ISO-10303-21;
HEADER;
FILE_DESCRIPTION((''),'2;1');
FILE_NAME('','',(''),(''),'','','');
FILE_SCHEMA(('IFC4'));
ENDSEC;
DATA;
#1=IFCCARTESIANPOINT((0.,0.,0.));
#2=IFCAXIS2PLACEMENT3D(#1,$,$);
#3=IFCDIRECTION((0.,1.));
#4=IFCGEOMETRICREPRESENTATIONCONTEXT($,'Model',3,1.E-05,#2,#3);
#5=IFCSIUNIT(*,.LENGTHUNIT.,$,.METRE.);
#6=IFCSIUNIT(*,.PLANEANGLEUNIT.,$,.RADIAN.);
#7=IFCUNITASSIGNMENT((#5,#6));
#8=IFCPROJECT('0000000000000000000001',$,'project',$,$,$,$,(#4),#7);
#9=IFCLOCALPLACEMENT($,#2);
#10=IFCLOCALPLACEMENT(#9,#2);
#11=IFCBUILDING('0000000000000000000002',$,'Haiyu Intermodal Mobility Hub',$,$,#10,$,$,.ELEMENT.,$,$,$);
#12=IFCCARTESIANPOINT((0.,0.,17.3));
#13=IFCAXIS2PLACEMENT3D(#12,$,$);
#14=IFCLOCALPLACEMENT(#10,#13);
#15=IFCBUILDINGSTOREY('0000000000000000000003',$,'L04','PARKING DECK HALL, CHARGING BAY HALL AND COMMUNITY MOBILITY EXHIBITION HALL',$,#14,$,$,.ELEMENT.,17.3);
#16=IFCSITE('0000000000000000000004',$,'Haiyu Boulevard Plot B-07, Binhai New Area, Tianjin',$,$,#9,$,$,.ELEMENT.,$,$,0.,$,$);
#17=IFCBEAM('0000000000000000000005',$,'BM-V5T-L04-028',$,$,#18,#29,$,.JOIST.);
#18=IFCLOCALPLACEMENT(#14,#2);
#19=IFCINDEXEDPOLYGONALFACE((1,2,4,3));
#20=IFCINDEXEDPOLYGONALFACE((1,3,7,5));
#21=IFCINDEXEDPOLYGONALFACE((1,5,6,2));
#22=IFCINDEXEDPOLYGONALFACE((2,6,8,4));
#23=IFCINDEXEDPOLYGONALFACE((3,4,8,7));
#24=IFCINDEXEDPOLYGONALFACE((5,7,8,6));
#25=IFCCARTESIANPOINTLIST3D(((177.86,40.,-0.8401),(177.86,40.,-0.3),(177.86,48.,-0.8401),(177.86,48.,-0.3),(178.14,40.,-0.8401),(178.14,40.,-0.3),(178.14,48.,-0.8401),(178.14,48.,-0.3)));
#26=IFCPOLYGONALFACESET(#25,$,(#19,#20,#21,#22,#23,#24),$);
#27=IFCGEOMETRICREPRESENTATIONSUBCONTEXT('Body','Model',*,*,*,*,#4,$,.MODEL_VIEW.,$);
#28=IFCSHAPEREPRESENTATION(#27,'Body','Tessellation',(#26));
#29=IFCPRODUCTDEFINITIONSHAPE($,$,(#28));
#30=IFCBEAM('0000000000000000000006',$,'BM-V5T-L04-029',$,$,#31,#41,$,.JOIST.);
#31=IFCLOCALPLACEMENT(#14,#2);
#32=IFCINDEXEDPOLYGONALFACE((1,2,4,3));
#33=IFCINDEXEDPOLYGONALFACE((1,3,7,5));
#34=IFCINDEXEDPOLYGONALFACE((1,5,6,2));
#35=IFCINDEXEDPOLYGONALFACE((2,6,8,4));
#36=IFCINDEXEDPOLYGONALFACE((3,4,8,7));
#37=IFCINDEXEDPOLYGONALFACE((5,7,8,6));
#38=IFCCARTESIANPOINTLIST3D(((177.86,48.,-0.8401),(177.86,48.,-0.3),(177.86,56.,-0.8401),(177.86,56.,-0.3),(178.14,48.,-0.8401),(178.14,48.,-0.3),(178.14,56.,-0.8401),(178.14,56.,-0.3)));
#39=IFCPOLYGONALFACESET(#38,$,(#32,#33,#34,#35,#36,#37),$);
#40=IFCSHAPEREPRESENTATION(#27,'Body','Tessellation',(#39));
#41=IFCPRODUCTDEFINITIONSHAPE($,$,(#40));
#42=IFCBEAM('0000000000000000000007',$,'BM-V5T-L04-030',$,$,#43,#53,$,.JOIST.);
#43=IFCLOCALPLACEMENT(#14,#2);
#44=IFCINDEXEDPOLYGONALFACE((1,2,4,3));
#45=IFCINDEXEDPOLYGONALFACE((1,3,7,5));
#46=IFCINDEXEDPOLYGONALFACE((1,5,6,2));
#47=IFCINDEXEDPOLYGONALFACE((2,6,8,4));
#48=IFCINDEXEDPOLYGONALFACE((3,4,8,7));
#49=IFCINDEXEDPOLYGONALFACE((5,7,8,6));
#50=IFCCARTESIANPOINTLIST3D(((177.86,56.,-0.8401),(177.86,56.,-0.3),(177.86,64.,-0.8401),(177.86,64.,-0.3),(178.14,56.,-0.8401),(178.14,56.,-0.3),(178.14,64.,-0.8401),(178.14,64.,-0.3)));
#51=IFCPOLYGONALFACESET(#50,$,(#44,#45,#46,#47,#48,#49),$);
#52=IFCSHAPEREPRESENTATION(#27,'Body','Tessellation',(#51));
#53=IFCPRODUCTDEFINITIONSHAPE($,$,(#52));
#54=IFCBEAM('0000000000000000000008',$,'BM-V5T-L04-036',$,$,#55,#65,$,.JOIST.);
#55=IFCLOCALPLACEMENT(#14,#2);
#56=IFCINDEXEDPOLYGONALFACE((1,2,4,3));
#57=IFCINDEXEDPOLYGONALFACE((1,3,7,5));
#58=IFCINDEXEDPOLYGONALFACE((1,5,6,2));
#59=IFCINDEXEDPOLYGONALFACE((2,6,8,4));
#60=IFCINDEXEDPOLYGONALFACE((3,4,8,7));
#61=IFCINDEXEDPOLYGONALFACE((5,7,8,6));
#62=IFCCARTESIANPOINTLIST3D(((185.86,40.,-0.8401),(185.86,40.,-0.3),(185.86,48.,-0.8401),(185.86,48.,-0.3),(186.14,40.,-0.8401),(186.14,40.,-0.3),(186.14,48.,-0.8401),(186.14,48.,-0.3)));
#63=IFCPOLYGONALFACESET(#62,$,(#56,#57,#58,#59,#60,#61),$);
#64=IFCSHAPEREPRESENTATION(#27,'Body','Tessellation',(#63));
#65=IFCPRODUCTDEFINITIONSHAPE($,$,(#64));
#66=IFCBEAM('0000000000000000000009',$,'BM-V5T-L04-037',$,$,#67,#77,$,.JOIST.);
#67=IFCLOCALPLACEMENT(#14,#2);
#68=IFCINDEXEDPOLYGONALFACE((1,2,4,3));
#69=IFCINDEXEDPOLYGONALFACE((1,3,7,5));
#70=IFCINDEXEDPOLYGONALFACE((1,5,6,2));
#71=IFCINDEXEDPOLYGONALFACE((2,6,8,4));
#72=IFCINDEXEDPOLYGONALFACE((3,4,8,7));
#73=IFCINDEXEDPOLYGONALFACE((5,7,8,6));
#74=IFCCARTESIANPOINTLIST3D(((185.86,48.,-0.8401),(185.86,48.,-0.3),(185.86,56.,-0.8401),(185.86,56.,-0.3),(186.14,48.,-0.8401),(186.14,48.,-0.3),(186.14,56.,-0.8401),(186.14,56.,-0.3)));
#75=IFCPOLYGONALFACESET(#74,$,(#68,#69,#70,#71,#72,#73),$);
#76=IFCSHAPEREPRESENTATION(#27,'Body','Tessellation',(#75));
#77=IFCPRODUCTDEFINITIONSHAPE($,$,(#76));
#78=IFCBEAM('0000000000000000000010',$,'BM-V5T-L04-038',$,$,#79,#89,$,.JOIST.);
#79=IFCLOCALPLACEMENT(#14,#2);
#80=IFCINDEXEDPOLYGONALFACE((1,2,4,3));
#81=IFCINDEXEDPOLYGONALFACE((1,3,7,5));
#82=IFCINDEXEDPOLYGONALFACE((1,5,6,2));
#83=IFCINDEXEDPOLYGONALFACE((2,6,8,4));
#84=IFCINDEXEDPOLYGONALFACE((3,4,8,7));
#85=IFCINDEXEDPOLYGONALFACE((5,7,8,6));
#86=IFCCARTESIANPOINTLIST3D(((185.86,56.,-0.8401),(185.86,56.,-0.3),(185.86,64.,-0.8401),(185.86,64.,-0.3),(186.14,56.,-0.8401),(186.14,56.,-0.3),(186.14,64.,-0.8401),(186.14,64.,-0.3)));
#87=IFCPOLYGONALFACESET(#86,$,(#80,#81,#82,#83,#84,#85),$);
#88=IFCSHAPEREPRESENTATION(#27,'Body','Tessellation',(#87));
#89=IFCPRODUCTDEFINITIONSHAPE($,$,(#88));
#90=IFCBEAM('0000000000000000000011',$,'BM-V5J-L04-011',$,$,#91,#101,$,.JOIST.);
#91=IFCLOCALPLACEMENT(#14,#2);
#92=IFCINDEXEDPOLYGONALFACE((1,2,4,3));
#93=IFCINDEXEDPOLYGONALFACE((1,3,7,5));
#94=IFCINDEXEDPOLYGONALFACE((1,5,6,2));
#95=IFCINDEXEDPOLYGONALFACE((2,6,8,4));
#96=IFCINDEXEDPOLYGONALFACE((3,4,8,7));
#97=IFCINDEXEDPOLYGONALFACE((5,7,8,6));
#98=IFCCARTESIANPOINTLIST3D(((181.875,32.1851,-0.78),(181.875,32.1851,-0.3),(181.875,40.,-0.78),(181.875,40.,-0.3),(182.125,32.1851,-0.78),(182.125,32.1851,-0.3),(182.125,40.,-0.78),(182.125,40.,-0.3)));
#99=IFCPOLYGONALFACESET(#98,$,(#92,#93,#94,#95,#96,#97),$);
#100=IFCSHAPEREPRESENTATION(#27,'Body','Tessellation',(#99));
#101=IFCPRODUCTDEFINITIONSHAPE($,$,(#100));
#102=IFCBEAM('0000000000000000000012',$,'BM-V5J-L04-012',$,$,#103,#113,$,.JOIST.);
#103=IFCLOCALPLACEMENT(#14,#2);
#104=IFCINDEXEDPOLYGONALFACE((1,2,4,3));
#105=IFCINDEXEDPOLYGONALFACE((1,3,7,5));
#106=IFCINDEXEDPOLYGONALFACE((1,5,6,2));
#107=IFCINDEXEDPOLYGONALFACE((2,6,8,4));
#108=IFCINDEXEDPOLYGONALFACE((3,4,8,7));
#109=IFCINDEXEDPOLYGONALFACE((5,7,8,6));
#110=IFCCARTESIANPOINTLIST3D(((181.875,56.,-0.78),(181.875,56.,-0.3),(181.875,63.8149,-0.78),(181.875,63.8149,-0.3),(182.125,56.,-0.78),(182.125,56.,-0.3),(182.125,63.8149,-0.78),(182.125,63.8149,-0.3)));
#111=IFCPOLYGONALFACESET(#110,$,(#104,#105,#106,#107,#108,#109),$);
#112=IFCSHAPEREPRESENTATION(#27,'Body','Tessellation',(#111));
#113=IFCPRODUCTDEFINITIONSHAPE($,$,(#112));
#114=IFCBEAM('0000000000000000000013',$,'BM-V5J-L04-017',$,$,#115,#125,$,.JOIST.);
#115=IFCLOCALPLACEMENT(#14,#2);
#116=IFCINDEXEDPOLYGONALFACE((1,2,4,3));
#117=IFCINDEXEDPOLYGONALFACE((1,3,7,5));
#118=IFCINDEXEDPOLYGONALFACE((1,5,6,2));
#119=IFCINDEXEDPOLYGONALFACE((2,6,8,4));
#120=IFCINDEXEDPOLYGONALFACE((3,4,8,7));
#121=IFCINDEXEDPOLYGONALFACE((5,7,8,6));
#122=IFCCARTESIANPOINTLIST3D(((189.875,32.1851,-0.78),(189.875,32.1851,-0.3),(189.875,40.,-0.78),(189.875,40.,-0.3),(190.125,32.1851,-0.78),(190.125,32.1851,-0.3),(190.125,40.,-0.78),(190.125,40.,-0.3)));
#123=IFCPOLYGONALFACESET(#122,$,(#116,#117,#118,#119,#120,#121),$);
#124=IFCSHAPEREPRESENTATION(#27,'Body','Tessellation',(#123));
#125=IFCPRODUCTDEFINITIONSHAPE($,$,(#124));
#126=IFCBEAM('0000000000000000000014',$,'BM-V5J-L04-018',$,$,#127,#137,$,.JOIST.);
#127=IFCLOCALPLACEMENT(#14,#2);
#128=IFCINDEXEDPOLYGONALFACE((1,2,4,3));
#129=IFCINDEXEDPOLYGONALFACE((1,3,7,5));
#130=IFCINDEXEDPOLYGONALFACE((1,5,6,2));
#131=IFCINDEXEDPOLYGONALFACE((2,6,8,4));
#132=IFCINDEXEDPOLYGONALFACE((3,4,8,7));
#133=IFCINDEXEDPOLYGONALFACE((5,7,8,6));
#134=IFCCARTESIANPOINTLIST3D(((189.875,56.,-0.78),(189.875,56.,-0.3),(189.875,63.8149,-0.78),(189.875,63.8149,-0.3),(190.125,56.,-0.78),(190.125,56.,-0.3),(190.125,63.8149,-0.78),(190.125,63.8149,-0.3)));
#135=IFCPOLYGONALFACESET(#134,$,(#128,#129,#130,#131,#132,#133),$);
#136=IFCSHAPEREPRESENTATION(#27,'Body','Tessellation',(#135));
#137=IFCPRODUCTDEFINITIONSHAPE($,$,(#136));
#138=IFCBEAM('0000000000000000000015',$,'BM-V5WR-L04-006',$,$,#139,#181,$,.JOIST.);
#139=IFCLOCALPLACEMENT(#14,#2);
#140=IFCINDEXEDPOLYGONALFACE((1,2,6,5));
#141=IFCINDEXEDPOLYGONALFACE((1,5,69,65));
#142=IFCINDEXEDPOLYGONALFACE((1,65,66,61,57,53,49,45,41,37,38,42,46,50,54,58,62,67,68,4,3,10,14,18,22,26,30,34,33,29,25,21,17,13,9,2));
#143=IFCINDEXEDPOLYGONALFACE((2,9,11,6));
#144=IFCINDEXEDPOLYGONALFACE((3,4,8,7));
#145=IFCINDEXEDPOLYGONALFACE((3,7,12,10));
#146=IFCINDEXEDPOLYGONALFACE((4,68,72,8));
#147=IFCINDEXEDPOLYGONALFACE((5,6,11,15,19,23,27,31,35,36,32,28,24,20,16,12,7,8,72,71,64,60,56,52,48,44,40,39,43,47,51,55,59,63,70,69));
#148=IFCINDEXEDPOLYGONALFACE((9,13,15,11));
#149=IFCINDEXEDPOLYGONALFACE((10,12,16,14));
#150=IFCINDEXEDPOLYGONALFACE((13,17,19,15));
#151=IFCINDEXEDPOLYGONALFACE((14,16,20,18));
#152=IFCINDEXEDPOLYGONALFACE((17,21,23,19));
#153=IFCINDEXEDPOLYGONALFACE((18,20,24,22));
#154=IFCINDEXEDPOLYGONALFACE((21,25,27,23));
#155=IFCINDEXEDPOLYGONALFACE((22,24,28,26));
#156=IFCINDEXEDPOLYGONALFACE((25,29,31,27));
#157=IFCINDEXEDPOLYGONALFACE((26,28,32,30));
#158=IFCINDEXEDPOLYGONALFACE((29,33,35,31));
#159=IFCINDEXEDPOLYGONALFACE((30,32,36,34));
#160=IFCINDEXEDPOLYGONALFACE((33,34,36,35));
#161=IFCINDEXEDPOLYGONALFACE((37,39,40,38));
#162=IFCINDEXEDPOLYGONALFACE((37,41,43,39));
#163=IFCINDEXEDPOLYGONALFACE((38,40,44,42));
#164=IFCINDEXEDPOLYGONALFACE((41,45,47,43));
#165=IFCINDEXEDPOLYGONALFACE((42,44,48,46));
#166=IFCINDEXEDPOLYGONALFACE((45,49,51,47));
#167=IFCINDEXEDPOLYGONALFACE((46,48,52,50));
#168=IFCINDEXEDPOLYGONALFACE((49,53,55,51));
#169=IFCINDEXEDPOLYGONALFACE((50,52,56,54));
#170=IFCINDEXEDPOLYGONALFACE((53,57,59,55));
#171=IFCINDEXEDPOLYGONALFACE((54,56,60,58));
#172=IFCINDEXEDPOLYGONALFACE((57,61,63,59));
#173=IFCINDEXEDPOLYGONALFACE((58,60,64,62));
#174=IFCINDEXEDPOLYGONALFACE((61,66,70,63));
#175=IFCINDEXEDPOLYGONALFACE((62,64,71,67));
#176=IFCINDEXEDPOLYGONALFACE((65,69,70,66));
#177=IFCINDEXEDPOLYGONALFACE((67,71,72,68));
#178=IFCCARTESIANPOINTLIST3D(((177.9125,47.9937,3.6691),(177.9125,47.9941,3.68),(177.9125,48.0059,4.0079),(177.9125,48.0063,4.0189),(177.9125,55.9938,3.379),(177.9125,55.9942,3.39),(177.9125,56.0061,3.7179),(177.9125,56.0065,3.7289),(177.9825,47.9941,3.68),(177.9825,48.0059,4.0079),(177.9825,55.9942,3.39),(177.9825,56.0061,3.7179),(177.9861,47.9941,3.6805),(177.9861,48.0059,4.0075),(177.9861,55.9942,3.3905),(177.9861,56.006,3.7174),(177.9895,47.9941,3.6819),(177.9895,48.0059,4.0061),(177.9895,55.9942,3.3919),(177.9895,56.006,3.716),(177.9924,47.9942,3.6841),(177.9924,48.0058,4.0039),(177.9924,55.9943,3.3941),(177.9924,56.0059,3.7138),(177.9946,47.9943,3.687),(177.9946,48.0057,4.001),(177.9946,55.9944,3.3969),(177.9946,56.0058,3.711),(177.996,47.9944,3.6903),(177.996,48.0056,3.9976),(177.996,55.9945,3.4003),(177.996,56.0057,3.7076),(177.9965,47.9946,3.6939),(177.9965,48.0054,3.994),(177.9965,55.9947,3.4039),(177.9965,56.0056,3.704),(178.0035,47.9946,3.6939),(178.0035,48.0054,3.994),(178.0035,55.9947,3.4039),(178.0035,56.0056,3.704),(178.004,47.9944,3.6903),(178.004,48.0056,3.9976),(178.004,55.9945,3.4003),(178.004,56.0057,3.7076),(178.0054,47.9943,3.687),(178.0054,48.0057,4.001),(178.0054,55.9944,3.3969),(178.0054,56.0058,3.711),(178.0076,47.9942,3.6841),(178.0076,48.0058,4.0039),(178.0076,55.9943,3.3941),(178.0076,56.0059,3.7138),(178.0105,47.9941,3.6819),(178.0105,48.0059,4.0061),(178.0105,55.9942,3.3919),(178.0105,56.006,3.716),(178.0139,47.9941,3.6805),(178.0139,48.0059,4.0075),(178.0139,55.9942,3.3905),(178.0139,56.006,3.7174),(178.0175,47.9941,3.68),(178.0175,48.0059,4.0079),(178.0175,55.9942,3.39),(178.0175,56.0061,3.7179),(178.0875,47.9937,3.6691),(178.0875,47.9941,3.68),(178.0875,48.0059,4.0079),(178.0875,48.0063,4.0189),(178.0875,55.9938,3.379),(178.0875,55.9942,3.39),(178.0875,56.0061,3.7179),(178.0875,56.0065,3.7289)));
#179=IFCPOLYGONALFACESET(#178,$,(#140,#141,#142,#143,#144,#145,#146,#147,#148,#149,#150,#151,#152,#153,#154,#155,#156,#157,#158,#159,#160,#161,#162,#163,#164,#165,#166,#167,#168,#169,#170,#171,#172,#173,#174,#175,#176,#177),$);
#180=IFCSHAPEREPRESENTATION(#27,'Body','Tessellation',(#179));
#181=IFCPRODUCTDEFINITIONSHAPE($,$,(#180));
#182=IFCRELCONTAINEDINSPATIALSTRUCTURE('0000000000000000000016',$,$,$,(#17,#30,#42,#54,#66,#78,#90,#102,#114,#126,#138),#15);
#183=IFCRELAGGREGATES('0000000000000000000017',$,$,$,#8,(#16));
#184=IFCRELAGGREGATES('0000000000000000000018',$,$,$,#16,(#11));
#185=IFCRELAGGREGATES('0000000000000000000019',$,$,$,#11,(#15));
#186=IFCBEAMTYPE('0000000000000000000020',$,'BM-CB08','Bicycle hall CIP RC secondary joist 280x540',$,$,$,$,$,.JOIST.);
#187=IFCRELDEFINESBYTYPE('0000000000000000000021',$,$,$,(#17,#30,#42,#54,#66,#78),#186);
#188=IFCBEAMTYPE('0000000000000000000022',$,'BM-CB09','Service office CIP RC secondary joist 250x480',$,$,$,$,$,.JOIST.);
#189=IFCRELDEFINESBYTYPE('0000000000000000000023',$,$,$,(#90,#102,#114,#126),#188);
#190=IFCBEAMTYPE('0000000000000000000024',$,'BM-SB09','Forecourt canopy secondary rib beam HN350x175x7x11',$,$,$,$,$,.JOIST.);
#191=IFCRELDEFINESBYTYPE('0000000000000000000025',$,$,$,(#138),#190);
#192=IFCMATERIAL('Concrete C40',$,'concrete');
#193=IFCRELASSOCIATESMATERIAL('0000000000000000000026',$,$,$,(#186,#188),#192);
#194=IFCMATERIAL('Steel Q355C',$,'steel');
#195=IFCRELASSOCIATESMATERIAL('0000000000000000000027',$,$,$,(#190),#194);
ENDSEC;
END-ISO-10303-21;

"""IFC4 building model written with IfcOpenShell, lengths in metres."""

from ifc_helpers import new_model, si_unit, direction, frame, origin, origin_2d, place, context, subcontext, project, spatial, rectangle, i_section, extrude, material, material_profile, profile_set, type_object, element, save


model = new_model("IFC4")

# Units and contexts
model_context = context("Model", 3, precision=1e-05, world=origin(), true_north=direction((0.0, 1.0)))
body_context = subcontext(model_context, "Body", "Model", "MODEL_VIEW")
ifc_project = project(units=[si_unit("LENGTHUNIT", "METRE"), si_unit("PLANEANGLEUNIT", "RADIAN")], contexts=[model_context])

# Site, building, storey
site_placement = place(None, origin())
site = spatial("IfcSite", under=ifc_project, at=site_placement, Name="Haiyu Boulevard Plot B-07, Binhai New Area, Tianjin", CompositionType="ELEMENT", RefElevation=0.0)
building_placement = place(site_placement, origin())
building = spatial("IfcBuilding", under=site, at=building_placement, Name="Haiyu Intermodal Mobility Hub", CompositionType="ELEMENT")
storey_placement = place(building_placement, frame((0.0, 0.0, 17.3)))
storey = spatial("IfcBuildingStorey", under=building, at=storey_placement, Name="L04", Description="PARKING DECK HALL, CHARGING BAY HALL AND COMMUNITY MOBILITY EXHIBITION HALL", CompositionType="ELEMENT", Elevation=17.3)

# Shared definitions
ifc_material_1 = material(Name="Steel Q355C", Category="steel")

# Beams
ifc_material_2 = material(Name="Concrete C40", Category="concrete")
ifc_material_profile_1 = material_profile(ifc_material_2, rectangle(XDim=0.28, YDim=0.54, at=origin_2d()), Name="RCB280x540")
ifc_profile_set_1 = profile_set([ifc_material_profile_1], Name="Concrete C40")
beam_type_1 = type_object("IfcBeamType", Name="BM-CB08", Description="Bicycle hall CIP RC secondary joist 280x540", PredefinedType="JOIST", material=ifc_profile_set_1)
for number, where, z_axis, x_axis, name in (
    (1, (178.0, 40.0, -0.5701), (0.0, 1.0, 0.0), (-1.0, 0.0, 0.0), "BM-V5T-L04-028"),
    (2, (178.0, 48.0, -0.5701), (0.0, 1.0, 0.0), (-1.0, 0.0, 0.0), "BM-V5T-L04-029"),
    (3, (178.0, 56.0, -0.5701), (0.0, 1.0, 0.0), (-1.0, 0.0, 0.0), "BM-V5T-L04-030"),
    (4, (186.0, 40.0, -0.5701), (0.0, 1.0, 0.0), (-1.0, 0.0, 0.0), "BM-V5T-L04-036"),
    (5, (186.0, 48.0, -0.5701), (0.0, 1.0, 0.0), (-1.0, 0.0, 0.0), "BM-V5T-L04-037"),
    (6, (186.0, 56.0, -0.5701), (0.0, 1.0, 0.0), (-1.0, 0.0, 0.0), "BM-V5T-L04-038"),
):
    element("IfcBeam", number, at=place(storey_placement, frame(where, z_axis=z_axis, x_axis=x_axis)), inside=storey, type_object=beam_type_1, Name=name, PredefinedType="JOIST", context=body_context, shape_type="SweptSolid", body=[
        extrude(rectangle(XDim=0.28, YDim=0.54, at=origin_2d()), origin(), (0.0, 0.0, 1.0), 8.0),
    ])
ifc_material_profile_2 = material_profile(ifc_material_2, rectangle(XDim=0.25, YDim=0.48, at=origin_2d()), Name="RCB250x480")
ifc_profile_set_2 = profile_set([ifc_material_profile_2], Name="Concrete C40")
beam_type_2 = type_object("IfcBeamType", Name="BM-CB09", Description="Service office CIP RC secondary joist 250x480", PredefinedType="JOIST", material=ifc_profile_set_2)
for number, where, z_axis, x_axis, name in (
    (7, (182.0, 32.1851, -0.54), (0.0, 1.0, 0.0), (-1.0, 0.0, 0.0), "BM-V5J-L04-011"),
    (8, (182.0, 56.0, -0.54), (0.0, 1.0, 0.0), (-1.0, 0.0, 0.0), "BM-V5J-L04-012"),
    (9, (190.0, 32.1851, -0.54), (0.0, 1.0, 0.0), (-1.0, 0.0, 0.0), "BM-V5J-L04-017"),
    (10, (190.0, 56.0, -0.54), (0.0, 1.0, 0.0), (-1.0, 0.0, 0.0), "BM-V5J-L04-018"),
):
    element("IfcBeam", number, at=place(storey_placement, frame(where, z_axis=z_axis, x_axis=x_axis)), inside=storey, type_object=beam_type_2, Name=name, PredefinedType="JOIST", context=body_context, shape_type="SweptSolid", body=[
        extrude(rectangle(XDim=0.25, YDim=0.48, at=origin_2d()), origin(), (0.0, 0.0, 1.0), 7.8149),
    ])
ifc_material_profile_3 = material_profile(ifc_material_1, i_section(OverallWidth=0.175, OverallDepth=0.3501, WebThickness=0.0071, FlangeThickness=0.011, FilletRadius=0.0139, at=origin_2d()), Name="HN350x175x7x11")
ifc_profile_set_3 = profile_set([ifc_material_profile_3], Name="Steel Q355C")
beam_type_3 = type_object("IfcBeamType", Name="BM-SB09", Description="Forecourt canopy secondary rib beam HN350x175x7x11", PredefinedType="JOIST", material=ifc_profile_set_3)
beam_placement = place(storey_placement, frame((178.0, 48.0, 3.844), z_axis=(0.0, 0.999343, -0.036231), x_axis=(-1.0, 0.0, 0.0)))
element("IfcBeam", 11, at=beam_placement, inside=storey, type_object=beam_type_3, Name="BM-V5WR-L04-006", PredefinedType="JOIST", context=body_context, shape_type="SweptSolid", body=[
    extrude(i_section(OverallWidth=0.175, OverallDepth=0.3501, WebThickness=0.0071, FlangeThickness=0.011, FilletRadius=0.0139, at=origin_2d()), origin(), (0.0, 0.0, 1.0), 8.0054),
])

save(model, "model.ifc")
